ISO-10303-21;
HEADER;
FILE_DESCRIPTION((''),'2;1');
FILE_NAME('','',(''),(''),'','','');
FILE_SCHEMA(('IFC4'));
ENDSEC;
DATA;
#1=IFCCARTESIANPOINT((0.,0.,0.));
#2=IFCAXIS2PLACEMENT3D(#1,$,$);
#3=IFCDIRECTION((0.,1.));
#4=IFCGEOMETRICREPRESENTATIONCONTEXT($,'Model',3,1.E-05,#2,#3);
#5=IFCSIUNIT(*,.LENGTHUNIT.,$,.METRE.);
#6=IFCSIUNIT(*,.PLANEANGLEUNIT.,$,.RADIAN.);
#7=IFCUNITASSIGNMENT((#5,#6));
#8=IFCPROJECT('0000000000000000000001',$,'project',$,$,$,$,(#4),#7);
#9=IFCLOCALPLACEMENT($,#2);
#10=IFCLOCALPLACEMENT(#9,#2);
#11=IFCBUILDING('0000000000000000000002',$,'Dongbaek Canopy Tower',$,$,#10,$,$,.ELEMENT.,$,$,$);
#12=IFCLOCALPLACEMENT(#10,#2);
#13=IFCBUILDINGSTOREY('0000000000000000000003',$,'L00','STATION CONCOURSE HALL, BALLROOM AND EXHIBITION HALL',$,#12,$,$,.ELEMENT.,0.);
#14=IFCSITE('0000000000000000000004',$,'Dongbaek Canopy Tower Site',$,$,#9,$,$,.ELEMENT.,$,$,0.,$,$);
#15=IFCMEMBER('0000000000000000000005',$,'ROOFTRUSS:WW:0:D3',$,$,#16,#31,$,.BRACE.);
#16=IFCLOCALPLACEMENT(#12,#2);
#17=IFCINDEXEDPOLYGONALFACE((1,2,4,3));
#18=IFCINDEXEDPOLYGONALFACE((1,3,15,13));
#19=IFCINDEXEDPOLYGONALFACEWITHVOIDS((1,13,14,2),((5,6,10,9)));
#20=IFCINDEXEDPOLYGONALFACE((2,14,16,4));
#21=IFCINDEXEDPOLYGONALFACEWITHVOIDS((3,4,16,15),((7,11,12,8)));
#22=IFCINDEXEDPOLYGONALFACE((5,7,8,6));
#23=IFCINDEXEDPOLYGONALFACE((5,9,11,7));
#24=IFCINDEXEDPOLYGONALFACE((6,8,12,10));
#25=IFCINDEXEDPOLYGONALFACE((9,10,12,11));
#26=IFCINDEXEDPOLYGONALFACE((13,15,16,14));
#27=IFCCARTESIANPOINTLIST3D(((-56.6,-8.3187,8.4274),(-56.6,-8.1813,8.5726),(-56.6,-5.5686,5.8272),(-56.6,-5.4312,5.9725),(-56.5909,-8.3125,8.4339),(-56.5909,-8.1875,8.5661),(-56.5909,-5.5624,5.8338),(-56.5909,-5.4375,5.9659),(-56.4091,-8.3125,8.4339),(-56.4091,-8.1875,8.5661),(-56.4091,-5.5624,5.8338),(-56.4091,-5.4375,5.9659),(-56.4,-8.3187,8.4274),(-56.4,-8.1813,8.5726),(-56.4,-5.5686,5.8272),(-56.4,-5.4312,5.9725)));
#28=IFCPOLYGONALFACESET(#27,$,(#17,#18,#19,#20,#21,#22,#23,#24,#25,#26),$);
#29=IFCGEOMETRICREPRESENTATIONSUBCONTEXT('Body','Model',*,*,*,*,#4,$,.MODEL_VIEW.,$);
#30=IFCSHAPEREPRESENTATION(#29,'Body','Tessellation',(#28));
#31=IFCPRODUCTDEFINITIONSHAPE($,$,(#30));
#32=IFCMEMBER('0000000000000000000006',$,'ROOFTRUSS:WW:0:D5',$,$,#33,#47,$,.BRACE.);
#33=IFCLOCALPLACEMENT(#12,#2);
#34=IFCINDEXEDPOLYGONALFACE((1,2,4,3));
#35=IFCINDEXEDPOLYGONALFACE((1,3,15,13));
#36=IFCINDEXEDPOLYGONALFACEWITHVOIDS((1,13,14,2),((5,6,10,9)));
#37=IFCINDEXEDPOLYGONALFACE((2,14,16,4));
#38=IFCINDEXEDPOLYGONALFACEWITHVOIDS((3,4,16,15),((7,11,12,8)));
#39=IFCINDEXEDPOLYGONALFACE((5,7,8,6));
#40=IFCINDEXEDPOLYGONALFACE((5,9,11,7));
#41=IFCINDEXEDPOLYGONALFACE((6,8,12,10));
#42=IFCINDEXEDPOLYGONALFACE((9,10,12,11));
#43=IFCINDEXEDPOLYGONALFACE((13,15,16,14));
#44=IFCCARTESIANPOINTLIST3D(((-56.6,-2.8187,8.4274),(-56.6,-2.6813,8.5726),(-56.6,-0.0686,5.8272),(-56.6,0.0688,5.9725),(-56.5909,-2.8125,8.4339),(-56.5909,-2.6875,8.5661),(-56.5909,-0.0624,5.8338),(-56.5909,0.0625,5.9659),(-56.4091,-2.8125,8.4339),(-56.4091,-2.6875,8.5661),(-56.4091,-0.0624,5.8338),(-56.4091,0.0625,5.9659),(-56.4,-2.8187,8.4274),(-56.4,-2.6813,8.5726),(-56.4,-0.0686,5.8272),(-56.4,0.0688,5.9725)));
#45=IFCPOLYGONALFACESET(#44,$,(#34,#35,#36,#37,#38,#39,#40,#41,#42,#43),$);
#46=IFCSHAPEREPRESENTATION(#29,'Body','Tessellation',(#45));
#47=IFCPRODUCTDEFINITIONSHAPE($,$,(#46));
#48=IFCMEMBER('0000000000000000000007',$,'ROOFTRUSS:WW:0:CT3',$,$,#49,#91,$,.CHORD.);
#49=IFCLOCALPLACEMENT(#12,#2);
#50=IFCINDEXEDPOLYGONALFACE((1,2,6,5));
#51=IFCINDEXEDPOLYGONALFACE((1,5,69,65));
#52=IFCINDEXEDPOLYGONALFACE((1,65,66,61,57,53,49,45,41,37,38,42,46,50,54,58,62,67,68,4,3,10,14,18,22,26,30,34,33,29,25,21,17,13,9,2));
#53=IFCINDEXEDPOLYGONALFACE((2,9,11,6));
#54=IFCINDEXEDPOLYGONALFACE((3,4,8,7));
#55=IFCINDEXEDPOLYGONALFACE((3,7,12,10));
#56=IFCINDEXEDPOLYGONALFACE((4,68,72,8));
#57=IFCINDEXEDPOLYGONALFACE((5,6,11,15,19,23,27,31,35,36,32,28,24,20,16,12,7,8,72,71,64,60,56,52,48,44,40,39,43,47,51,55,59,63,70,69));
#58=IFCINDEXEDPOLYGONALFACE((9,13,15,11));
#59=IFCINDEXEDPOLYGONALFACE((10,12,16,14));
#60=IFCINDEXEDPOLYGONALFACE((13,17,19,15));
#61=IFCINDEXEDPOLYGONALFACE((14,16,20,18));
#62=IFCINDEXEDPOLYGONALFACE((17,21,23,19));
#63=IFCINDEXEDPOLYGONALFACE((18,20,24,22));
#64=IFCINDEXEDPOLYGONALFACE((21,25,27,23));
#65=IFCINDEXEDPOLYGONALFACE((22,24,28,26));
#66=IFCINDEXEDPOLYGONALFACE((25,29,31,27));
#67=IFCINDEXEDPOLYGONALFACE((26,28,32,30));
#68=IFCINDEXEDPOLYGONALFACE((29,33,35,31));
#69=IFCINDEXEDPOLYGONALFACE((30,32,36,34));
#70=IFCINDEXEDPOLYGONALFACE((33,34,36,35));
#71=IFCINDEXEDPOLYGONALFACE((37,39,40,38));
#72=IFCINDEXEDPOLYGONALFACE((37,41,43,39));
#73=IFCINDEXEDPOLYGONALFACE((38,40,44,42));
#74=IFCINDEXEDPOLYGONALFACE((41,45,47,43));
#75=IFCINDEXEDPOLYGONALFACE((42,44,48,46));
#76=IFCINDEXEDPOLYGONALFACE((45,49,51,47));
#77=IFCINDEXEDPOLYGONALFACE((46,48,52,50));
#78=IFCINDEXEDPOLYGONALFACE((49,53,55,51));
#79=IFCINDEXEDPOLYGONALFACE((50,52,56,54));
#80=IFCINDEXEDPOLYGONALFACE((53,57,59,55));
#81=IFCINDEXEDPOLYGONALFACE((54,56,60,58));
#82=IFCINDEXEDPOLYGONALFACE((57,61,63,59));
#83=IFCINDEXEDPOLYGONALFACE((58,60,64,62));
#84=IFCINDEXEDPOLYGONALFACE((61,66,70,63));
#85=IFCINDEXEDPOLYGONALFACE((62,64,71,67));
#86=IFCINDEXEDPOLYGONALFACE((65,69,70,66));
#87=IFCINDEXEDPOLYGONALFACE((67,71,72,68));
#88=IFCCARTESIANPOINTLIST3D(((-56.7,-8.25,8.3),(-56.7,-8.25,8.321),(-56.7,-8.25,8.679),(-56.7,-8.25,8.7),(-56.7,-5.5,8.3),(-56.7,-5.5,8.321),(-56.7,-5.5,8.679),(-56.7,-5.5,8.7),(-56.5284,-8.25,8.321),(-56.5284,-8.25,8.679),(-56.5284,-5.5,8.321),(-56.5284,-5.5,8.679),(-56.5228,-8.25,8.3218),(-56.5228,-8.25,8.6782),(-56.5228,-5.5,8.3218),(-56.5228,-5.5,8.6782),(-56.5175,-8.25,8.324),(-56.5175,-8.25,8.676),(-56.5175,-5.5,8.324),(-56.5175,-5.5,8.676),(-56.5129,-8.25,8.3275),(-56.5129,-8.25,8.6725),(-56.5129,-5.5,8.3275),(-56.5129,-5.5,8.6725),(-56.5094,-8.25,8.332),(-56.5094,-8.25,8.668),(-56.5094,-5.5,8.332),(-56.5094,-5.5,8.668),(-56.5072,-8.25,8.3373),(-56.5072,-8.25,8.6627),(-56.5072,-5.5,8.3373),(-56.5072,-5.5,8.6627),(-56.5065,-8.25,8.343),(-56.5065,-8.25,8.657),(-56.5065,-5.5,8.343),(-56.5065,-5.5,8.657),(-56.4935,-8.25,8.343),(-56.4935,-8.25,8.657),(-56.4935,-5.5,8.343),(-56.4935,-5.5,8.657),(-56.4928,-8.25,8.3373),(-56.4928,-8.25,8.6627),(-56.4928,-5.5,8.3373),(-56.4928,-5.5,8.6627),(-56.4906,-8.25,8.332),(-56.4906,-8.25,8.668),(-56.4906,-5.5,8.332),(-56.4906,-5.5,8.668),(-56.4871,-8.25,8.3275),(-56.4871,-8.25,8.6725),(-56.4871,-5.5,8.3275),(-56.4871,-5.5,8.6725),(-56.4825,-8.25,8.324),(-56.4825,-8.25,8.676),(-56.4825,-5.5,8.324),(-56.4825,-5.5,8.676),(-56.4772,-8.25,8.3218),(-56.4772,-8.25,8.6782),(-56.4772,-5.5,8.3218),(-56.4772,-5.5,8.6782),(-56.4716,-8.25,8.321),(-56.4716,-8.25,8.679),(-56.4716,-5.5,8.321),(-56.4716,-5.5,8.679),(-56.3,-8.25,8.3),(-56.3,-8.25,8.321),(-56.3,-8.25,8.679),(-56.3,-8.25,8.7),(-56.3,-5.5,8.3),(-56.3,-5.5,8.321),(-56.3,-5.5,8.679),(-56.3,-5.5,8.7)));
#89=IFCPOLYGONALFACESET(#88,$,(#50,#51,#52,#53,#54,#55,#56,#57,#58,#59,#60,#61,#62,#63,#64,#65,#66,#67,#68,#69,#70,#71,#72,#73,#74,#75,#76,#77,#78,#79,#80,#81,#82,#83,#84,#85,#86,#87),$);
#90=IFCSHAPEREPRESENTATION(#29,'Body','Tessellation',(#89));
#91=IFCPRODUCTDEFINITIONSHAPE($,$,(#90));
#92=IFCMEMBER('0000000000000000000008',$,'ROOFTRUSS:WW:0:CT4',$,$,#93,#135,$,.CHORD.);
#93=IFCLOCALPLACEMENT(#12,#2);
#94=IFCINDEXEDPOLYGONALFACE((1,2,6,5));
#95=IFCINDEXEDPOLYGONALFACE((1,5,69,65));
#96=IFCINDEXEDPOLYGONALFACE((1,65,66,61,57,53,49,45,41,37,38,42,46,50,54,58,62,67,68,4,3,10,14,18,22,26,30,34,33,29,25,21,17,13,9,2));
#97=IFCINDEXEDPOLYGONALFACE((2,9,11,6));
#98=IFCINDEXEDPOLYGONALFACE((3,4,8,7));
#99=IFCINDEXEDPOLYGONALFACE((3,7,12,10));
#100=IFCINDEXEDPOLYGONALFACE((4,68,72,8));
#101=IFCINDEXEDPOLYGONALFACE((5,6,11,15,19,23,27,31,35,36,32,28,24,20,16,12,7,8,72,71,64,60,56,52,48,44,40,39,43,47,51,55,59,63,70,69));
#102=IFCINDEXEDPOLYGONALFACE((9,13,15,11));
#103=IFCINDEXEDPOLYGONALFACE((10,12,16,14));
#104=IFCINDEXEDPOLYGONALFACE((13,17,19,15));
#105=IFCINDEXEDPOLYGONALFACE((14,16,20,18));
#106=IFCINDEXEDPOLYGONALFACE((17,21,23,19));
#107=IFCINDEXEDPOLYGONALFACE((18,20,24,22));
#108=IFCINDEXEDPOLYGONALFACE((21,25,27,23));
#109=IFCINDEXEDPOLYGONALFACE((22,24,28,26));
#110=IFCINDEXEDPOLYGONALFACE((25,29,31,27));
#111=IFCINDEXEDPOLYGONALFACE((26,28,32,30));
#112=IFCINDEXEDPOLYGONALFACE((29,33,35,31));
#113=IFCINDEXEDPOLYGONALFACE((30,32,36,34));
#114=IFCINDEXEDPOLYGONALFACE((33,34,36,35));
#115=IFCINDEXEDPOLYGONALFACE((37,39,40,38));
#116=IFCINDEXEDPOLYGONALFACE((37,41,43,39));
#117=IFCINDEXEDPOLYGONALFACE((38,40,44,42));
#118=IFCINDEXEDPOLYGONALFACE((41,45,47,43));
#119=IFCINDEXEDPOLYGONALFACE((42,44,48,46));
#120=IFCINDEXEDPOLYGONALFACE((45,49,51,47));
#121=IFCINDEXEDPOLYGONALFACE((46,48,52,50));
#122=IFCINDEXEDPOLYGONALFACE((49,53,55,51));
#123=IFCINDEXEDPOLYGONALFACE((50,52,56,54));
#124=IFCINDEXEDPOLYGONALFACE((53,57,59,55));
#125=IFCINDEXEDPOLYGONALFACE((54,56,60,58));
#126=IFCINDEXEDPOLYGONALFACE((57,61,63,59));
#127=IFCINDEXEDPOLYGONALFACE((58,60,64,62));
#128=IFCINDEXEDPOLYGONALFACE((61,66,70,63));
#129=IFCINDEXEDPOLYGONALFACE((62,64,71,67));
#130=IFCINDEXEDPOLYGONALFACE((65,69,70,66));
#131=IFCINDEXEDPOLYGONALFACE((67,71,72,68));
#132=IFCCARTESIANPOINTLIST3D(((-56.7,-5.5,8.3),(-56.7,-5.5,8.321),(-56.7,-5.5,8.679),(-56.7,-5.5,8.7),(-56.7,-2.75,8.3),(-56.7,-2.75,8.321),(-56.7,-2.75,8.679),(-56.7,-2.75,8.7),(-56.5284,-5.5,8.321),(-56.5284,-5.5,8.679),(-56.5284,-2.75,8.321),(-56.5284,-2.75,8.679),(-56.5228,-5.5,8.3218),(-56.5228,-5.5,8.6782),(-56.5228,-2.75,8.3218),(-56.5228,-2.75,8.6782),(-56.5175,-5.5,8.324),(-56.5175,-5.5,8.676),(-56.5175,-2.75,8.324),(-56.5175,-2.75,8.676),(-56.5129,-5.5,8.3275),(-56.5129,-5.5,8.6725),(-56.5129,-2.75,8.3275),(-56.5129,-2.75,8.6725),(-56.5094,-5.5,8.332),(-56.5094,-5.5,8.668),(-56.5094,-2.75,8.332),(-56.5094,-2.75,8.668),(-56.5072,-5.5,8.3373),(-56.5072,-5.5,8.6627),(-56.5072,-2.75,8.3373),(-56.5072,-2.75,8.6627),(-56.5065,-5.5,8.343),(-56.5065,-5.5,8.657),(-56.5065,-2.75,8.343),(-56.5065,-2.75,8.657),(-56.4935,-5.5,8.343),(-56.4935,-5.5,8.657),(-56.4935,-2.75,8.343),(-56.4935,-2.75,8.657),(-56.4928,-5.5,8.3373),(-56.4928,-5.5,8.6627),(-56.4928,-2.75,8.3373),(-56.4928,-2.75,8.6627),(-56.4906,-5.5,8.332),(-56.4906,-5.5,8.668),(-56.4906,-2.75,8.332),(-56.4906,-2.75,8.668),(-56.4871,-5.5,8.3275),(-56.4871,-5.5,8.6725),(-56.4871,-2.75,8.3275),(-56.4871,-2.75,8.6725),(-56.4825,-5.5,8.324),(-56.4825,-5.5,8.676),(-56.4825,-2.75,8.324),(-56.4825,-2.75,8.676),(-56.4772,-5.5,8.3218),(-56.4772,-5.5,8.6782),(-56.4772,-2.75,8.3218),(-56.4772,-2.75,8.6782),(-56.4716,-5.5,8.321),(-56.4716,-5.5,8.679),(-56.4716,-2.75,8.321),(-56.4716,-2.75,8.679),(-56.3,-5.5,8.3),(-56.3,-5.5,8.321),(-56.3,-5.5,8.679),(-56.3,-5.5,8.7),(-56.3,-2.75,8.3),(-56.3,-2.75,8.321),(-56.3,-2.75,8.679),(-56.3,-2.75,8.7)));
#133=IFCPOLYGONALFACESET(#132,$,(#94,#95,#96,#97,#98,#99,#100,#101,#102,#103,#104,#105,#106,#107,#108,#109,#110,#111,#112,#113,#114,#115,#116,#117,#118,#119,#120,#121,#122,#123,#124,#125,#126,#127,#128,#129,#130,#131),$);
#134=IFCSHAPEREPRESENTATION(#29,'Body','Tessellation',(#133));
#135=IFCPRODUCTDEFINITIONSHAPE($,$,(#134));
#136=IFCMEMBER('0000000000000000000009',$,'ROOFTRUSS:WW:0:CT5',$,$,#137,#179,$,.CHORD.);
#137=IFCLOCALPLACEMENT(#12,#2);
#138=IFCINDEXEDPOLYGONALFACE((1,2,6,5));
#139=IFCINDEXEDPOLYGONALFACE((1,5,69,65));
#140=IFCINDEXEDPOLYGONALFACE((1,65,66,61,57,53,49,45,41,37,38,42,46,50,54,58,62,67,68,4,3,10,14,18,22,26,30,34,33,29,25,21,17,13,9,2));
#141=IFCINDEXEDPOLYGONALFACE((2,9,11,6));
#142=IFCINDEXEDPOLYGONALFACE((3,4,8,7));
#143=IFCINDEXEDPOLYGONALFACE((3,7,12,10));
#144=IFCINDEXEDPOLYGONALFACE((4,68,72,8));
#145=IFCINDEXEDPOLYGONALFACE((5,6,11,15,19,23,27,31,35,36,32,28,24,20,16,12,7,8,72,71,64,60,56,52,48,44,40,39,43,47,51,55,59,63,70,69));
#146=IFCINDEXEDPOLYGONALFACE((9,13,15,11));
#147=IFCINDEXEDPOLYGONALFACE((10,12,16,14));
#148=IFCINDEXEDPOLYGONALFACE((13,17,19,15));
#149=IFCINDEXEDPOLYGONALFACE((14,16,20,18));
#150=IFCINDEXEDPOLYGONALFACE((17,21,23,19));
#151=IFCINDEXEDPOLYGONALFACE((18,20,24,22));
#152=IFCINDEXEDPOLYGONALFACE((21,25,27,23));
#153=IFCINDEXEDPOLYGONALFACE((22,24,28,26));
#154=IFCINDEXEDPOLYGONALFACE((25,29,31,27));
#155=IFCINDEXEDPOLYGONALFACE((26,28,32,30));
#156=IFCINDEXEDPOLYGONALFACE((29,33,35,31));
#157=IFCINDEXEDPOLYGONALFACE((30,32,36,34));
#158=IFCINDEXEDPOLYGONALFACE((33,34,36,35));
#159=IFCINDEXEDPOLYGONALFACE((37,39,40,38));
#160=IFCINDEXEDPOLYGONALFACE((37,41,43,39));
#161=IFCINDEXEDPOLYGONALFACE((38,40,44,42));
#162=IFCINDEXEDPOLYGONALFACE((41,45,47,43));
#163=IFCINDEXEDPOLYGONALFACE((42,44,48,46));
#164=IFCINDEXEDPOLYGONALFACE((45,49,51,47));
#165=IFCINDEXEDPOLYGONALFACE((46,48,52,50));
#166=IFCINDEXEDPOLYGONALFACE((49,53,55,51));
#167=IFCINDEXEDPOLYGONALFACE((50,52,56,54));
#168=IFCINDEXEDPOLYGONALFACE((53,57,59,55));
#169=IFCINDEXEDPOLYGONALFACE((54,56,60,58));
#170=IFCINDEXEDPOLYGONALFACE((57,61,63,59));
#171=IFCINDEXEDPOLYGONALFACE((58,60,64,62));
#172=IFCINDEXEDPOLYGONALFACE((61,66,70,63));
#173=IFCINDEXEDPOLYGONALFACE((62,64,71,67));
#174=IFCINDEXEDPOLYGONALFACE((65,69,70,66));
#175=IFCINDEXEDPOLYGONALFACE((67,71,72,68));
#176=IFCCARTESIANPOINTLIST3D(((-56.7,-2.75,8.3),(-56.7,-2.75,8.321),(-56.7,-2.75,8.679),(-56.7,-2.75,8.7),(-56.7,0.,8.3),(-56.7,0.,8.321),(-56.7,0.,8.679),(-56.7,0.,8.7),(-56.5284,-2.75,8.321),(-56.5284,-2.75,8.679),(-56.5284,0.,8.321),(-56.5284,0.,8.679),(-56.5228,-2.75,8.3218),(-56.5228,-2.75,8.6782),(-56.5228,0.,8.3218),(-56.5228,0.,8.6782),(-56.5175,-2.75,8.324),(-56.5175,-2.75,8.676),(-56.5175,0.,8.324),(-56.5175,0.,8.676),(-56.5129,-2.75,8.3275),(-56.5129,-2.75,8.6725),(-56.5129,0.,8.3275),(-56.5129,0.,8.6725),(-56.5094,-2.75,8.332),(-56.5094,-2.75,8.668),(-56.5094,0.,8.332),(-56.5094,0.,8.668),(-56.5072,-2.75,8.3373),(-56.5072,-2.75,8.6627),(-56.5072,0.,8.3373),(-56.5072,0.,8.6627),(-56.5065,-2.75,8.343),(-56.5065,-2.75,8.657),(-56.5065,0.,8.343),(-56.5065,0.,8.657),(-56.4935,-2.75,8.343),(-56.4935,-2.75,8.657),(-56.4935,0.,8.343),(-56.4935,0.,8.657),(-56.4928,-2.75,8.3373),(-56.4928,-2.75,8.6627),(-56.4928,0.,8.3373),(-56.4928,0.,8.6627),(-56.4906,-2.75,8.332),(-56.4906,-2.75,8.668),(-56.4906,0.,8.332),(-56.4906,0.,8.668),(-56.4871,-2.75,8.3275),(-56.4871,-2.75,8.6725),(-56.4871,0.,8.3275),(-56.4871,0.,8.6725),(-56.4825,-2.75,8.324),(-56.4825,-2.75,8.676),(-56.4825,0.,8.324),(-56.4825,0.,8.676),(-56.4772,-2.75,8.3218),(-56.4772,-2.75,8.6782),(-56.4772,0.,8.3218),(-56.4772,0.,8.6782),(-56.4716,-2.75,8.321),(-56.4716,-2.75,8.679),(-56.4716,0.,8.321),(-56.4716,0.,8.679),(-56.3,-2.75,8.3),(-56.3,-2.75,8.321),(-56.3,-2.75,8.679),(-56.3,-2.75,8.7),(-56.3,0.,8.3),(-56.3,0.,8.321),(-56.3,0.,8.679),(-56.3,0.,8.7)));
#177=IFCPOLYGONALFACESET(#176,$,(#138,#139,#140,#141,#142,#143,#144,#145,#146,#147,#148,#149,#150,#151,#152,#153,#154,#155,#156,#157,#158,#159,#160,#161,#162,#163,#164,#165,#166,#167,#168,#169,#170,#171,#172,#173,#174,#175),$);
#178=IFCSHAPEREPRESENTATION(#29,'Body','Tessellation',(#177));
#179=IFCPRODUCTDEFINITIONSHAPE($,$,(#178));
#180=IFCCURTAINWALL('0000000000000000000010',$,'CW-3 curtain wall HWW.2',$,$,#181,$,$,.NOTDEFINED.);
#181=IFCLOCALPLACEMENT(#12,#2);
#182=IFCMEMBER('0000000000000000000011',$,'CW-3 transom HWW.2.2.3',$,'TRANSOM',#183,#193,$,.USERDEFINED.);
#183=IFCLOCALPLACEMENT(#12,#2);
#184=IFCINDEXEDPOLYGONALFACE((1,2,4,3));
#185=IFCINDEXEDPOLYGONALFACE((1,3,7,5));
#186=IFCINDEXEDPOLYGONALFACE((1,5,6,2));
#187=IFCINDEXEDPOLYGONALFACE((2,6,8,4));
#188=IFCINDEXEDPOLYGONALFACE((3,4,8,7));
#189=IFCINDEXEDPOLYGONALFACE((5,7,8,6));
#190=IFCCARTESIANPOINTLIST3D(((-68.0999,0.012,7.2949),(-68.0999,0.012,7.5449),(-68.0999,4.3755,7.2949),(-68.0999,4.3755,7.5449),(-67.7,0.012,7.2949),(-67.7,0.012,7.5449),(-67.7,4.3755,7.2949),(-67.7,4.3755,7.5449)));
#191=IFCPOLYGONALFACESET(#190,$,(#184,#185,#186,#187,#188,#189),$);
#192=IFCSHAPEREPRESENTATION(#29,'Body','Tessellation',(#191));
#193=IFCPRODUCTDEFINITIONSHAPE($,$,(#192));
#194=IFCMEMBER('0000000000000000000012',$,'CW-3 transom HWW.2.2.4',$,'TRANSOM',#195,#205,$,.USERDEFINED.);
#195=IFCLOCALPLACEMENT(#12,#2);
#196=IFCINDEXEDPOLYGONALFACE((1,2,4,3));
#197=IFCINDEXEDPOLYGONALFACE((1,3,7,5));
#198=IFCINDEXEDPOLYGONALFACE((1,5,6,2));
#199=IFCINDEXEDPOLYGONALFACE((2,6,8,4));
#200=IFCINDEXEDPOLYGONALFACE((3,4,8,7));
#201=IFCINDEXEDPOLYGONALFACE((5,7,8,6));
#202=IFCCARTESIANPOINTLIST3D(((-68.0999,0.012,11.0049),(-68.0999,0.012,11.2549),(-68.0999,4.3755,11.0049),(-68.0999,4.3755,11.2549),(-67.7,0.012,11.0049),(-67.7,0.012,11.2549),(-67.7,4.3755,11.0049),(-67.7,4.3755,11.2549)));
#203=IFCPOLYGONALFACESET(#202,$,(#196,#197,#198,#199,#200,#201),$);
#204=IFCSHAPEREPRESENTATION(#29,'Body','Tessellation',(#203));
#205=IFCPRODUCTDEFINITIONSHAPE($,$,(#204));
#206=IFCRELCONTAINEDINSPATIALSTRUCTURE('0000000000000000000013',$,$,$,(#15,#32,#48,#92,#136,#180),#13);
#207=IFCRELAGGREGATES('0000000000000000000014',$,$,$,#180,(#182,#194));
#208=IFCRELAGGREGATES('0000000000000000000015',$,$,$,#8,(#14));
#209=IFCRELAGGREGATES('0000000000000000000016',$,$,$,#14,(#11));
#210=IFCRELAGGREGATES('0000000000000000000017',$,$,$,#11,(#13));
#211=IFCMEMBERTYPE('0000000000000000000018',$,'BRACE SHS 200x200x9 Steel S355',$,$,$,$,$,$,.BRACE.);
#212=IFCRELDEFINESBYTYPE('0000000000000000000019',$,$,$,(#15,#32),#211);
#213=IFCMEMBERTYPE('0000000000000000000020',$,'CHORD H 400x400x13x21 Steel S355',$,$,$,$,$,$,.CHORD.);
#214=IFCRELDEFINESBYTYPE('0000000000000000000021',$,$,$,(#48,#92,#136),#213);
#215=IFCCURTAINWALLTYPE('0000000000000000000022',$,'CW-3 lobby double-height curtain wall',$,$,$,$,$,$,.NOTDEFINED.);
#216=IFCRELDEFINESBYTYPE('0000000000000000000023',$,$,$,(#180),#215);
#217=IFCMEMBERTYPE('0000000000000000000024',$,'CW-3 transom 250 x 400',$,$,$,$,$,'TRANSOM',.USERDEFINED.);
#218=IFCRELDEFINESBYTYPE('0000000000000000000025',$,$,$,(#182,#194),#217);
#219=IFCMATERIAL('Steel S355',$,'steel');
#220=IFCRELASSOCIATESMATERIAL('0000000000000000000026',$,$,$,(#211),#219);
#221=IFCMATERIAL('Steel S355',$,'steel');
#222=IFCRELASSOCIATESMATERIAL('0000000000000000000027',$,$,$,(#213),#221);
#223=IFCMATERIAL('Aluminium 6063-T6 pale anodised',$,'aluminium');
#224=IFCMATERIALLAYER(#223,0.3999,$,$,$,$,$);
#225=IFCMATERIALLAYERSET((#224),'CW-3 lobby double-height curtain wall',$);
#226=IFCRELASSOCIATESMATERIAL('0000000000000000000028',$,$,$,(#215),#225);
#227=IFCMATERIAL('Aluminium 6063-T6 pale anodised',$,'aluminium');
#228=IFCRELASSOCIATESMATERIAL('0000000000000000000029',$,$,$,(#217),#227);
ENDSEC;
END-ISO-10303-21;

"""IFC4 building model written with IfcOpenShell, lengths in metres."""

from ifc_helpers import new_model, si_unit, direction, frame, origin, origin_2d, place, context, subcontext, project, spatial, rectangle, hollow_rectangle, i_section, extrude, material, layer, layer_set, material_profile, profile_set, type_object, element, aggregate, save


model = new_model("IFC4")

# Units and contexts
model_context = context("Model", 3, precision=1e-05, world=origin(), true_north=direction((0.0, 1.0)))
body_context = subcontext(model_context, "Body", "Model", "MODEL_VIEW")
ifc_project = project(units=[si_unit("LENGTHUNIT", "METRE"), si_unit("PLANEANGLEUNIT", "RADIAN")], contexts=[model_context])

# Site, building, storey
site_placement = place(None, origin())
site = spatial("IfcSite", under=ifc_project, at=site_placement, Name="Dongbaek Canopy Tower Site", CompositionType="ELEMENT", RefElevation=0.0)
building_placement = place(site_placement, origin())
building = spatial("IfcBuilding", under=site, at=building_placement, Name="Dongbaek Canopy Tower", CompositionType="ELEMENT")
storey_placement = place(building_placement, origin())
storey = spatial("IfcBuildingStorey", under=building, at=storey_placement, Name="L00", Description="STATION CONCOURSE HALL, BALLROOM AND EXHIBITION HALL", CompositionType="ELEMENT", Elevation=0.0)

# Members
ifc_material_1 = material(Name="Steel S355", Category="steel")
ifc_material_profile_1 = material_profile(ifc_material_1, hollow_rectangle(XDim=0.2, YDim=0.2, WallThickness=0.009, at=origin_2d()), Name="BRACE SHS 200x200x9 Steel S355")
ifc_profile_set_1 = profile_set([ifc_material_profile_1], Name="Steel S355")
member_type_1 = type_object("IfcMemberType", Name="BRACE SHS 200x200x9 Steel S355", PredefinedType="BRACE", material=ifc_profile_set_1)
for number, where, z_axis, x_axis, name in (
    (1, (-56.5, -8.25, 8.5), (0.0, 0.726634, -0.687025), (-1.0, 0.0, 0.0), "ROOFTRUSS:WW:0:D3"),
    (2, (-56.5, -2.75, 8.5), (0.0, 0.726634, -0.687025), (-1.0, 0.0, 0.0), "ROOFTRUSS:WW:0:D5"),
):
    element("IfcMember", number, at=place(storey_placement, frame(where, z_axis=z_axis, x_axis=x_axis)), inside=storey, type_object=member_type_1, Name=name, PredefinedType="BRACE", context=body_context, shape_type="SweptSolid", body=[
        extrude(hollow_rectangle(XDim=0.2, YDim=0.2, WallThickness=0.009, at=origin_2d()), origin(), (0.0, 0.0, 1.0), 3.7847),
    ])
ifc_material_2 = material(Name="Steel S355", Category="steel")
ifc_material_profile_2 = material_profile(ifc_material_2, i_section(OverallWidth=0.3999, OverallDepth=0.3999, WebThickness=0.0129, FlangeThickness=0.021, FilletRadius=0.022, at=origin_2d()), Name="CHORD H 400x400x13x21 Steel S355")
ifc_profile_set_2 = profile_set([ifc_material_profile_2], Name="Steel S355")
member_type_2 = type_object("IfcMemberType", Name="CHORD H 400x400x13x21 Steel S355", PredefinedType="CHORD", material=ifc_profile_set_2)
for number, where, z_axis, x_axis, name in (
    (3, (-56.5, -8.25, 8.5), (0.0, 1.0, 0.0), (-1.0, 0.0, 0.0), "ROOFTRUSS:WW:0:CT3"),
    (4, (-56.5, -5.5, 8.5), (0.0, 1.0, 0.0), (-1.0, 0.0, 0.0), "ROOFTRUSS:WW:0:CT4"),
    (5, (-56.5, -2.75, 8.5), (0.0, 1.0, 0.0), (-1.0, 0.0, 0.0), "ROOFTRUSS:WW:0:CT5"),
):
    element("IfcMember", number, at=place(storey_placement, frame(where, z_axis=z_axis, x_axis=x_axis)), inside=storey, type_object=member_type_2, Name=name, PredefinedType="CHORD", context=body_context, shape_type="SweptSolid", body=[
        extrude(i_section(OverallWidth=0.3999, OverallDepth=0.3999, WebThickness=0.0129, FlangeThickness=0.021, FilletRadius=0.022, at=origin_2d()), origin(), (0.0, 0.0, 1.0), 2.75),
    ])

# Curtain wall, members
ifc_material_3 = material(Name="Aluminium 6063-T6 pale anodised", Category="aluminium")
ifc_layer_1 = layer(ifc_material_3, 0.3999)
ifc_layer_set_1 = layer_set([ifc_layer_1], Name="CW-3 lobby double-height curtain wall")
curtain_wall_type = type_object("IfcCurtainWallType", Name="CW-3 lobby double-height curtain wall", PredefinedType="NOTDEFINED", material=ifc_layer_set_1)
curtain_wall_placement = place(storey_placement, origin())
curtain_wall = element("IfcCurtainWall", 6, at=curtain_wall_placement, inside=storey, type_object=curtain_wall_type, Name="CW-3 curtain wall HWW.2", PredefinedType="NOTDEFINED")
ifc_material_4 = material(Name="Aluminium 6063-T6 pale anodised", Category="aluminium")
ifc_material_profile_3 = material_profile(ifc_material_4, rectangle(XDim=0.3999, YDim=0.25, at=origin_2d()), Name="CW-3 transom 250 x 400")
ifc_profile_set_3 = profile_set([ifc_material_profile_3], Name="Aluminium 6063-T6 pale anodised")
member_type_3 = type_object("IfcMemberType", Name="CW-3 transom 250 x 400", ElementType="TRANSOM", PredefinedType="USERDEFINED", material=ifc_profile_set_3)
member_1_placement = place(storey_placement, frame((-67.8999, 4.3755, 7.4199), z_axis=(0.0, -1.0, 0.0), x_axis=(1.0, 0.0, 0.0)))
member_1 = element("IfcMember", 7, at=member_1_placement, type_object=member_type_3, Name="CW-3 transom HWW.2.2.3", ObjectType="TRANSOM", PredefinedType="USERDEFINED", context=body_context, shape_type="SweptSolid", body=[
    extrude(rectangle(XDim=0.3999, YDim=0.25, at=origin_2d()), origin(), (0.0, 0.0, 1.0), 4.3635),
])
member_2_placement = place(storey_placement, frame((-67.8999, 4.3755, 11.1299), z_axis=(0.0, -1.0, 0.0), x_axis=(1.0, 0.0, 0.0)))
member_2 = element("IfcMember", 8, at=member_2_placement, type_object=member_type_3, Name="CW-3 transom HWW.2.2.4", ObjectType="TRANSOM", PredefinedType="USERDEFINED", context=body_context, shape_type="SweptSolid", body=[
    extrude(rectangle(XDim=0.3999, YDim=0.25, at=origin_2d()), origin(), (0.0, 0.0, 1.0), 4.3635),
])

aggregate(curtain_wall, [member_1, member_2])

save(model, "model.ifc")
